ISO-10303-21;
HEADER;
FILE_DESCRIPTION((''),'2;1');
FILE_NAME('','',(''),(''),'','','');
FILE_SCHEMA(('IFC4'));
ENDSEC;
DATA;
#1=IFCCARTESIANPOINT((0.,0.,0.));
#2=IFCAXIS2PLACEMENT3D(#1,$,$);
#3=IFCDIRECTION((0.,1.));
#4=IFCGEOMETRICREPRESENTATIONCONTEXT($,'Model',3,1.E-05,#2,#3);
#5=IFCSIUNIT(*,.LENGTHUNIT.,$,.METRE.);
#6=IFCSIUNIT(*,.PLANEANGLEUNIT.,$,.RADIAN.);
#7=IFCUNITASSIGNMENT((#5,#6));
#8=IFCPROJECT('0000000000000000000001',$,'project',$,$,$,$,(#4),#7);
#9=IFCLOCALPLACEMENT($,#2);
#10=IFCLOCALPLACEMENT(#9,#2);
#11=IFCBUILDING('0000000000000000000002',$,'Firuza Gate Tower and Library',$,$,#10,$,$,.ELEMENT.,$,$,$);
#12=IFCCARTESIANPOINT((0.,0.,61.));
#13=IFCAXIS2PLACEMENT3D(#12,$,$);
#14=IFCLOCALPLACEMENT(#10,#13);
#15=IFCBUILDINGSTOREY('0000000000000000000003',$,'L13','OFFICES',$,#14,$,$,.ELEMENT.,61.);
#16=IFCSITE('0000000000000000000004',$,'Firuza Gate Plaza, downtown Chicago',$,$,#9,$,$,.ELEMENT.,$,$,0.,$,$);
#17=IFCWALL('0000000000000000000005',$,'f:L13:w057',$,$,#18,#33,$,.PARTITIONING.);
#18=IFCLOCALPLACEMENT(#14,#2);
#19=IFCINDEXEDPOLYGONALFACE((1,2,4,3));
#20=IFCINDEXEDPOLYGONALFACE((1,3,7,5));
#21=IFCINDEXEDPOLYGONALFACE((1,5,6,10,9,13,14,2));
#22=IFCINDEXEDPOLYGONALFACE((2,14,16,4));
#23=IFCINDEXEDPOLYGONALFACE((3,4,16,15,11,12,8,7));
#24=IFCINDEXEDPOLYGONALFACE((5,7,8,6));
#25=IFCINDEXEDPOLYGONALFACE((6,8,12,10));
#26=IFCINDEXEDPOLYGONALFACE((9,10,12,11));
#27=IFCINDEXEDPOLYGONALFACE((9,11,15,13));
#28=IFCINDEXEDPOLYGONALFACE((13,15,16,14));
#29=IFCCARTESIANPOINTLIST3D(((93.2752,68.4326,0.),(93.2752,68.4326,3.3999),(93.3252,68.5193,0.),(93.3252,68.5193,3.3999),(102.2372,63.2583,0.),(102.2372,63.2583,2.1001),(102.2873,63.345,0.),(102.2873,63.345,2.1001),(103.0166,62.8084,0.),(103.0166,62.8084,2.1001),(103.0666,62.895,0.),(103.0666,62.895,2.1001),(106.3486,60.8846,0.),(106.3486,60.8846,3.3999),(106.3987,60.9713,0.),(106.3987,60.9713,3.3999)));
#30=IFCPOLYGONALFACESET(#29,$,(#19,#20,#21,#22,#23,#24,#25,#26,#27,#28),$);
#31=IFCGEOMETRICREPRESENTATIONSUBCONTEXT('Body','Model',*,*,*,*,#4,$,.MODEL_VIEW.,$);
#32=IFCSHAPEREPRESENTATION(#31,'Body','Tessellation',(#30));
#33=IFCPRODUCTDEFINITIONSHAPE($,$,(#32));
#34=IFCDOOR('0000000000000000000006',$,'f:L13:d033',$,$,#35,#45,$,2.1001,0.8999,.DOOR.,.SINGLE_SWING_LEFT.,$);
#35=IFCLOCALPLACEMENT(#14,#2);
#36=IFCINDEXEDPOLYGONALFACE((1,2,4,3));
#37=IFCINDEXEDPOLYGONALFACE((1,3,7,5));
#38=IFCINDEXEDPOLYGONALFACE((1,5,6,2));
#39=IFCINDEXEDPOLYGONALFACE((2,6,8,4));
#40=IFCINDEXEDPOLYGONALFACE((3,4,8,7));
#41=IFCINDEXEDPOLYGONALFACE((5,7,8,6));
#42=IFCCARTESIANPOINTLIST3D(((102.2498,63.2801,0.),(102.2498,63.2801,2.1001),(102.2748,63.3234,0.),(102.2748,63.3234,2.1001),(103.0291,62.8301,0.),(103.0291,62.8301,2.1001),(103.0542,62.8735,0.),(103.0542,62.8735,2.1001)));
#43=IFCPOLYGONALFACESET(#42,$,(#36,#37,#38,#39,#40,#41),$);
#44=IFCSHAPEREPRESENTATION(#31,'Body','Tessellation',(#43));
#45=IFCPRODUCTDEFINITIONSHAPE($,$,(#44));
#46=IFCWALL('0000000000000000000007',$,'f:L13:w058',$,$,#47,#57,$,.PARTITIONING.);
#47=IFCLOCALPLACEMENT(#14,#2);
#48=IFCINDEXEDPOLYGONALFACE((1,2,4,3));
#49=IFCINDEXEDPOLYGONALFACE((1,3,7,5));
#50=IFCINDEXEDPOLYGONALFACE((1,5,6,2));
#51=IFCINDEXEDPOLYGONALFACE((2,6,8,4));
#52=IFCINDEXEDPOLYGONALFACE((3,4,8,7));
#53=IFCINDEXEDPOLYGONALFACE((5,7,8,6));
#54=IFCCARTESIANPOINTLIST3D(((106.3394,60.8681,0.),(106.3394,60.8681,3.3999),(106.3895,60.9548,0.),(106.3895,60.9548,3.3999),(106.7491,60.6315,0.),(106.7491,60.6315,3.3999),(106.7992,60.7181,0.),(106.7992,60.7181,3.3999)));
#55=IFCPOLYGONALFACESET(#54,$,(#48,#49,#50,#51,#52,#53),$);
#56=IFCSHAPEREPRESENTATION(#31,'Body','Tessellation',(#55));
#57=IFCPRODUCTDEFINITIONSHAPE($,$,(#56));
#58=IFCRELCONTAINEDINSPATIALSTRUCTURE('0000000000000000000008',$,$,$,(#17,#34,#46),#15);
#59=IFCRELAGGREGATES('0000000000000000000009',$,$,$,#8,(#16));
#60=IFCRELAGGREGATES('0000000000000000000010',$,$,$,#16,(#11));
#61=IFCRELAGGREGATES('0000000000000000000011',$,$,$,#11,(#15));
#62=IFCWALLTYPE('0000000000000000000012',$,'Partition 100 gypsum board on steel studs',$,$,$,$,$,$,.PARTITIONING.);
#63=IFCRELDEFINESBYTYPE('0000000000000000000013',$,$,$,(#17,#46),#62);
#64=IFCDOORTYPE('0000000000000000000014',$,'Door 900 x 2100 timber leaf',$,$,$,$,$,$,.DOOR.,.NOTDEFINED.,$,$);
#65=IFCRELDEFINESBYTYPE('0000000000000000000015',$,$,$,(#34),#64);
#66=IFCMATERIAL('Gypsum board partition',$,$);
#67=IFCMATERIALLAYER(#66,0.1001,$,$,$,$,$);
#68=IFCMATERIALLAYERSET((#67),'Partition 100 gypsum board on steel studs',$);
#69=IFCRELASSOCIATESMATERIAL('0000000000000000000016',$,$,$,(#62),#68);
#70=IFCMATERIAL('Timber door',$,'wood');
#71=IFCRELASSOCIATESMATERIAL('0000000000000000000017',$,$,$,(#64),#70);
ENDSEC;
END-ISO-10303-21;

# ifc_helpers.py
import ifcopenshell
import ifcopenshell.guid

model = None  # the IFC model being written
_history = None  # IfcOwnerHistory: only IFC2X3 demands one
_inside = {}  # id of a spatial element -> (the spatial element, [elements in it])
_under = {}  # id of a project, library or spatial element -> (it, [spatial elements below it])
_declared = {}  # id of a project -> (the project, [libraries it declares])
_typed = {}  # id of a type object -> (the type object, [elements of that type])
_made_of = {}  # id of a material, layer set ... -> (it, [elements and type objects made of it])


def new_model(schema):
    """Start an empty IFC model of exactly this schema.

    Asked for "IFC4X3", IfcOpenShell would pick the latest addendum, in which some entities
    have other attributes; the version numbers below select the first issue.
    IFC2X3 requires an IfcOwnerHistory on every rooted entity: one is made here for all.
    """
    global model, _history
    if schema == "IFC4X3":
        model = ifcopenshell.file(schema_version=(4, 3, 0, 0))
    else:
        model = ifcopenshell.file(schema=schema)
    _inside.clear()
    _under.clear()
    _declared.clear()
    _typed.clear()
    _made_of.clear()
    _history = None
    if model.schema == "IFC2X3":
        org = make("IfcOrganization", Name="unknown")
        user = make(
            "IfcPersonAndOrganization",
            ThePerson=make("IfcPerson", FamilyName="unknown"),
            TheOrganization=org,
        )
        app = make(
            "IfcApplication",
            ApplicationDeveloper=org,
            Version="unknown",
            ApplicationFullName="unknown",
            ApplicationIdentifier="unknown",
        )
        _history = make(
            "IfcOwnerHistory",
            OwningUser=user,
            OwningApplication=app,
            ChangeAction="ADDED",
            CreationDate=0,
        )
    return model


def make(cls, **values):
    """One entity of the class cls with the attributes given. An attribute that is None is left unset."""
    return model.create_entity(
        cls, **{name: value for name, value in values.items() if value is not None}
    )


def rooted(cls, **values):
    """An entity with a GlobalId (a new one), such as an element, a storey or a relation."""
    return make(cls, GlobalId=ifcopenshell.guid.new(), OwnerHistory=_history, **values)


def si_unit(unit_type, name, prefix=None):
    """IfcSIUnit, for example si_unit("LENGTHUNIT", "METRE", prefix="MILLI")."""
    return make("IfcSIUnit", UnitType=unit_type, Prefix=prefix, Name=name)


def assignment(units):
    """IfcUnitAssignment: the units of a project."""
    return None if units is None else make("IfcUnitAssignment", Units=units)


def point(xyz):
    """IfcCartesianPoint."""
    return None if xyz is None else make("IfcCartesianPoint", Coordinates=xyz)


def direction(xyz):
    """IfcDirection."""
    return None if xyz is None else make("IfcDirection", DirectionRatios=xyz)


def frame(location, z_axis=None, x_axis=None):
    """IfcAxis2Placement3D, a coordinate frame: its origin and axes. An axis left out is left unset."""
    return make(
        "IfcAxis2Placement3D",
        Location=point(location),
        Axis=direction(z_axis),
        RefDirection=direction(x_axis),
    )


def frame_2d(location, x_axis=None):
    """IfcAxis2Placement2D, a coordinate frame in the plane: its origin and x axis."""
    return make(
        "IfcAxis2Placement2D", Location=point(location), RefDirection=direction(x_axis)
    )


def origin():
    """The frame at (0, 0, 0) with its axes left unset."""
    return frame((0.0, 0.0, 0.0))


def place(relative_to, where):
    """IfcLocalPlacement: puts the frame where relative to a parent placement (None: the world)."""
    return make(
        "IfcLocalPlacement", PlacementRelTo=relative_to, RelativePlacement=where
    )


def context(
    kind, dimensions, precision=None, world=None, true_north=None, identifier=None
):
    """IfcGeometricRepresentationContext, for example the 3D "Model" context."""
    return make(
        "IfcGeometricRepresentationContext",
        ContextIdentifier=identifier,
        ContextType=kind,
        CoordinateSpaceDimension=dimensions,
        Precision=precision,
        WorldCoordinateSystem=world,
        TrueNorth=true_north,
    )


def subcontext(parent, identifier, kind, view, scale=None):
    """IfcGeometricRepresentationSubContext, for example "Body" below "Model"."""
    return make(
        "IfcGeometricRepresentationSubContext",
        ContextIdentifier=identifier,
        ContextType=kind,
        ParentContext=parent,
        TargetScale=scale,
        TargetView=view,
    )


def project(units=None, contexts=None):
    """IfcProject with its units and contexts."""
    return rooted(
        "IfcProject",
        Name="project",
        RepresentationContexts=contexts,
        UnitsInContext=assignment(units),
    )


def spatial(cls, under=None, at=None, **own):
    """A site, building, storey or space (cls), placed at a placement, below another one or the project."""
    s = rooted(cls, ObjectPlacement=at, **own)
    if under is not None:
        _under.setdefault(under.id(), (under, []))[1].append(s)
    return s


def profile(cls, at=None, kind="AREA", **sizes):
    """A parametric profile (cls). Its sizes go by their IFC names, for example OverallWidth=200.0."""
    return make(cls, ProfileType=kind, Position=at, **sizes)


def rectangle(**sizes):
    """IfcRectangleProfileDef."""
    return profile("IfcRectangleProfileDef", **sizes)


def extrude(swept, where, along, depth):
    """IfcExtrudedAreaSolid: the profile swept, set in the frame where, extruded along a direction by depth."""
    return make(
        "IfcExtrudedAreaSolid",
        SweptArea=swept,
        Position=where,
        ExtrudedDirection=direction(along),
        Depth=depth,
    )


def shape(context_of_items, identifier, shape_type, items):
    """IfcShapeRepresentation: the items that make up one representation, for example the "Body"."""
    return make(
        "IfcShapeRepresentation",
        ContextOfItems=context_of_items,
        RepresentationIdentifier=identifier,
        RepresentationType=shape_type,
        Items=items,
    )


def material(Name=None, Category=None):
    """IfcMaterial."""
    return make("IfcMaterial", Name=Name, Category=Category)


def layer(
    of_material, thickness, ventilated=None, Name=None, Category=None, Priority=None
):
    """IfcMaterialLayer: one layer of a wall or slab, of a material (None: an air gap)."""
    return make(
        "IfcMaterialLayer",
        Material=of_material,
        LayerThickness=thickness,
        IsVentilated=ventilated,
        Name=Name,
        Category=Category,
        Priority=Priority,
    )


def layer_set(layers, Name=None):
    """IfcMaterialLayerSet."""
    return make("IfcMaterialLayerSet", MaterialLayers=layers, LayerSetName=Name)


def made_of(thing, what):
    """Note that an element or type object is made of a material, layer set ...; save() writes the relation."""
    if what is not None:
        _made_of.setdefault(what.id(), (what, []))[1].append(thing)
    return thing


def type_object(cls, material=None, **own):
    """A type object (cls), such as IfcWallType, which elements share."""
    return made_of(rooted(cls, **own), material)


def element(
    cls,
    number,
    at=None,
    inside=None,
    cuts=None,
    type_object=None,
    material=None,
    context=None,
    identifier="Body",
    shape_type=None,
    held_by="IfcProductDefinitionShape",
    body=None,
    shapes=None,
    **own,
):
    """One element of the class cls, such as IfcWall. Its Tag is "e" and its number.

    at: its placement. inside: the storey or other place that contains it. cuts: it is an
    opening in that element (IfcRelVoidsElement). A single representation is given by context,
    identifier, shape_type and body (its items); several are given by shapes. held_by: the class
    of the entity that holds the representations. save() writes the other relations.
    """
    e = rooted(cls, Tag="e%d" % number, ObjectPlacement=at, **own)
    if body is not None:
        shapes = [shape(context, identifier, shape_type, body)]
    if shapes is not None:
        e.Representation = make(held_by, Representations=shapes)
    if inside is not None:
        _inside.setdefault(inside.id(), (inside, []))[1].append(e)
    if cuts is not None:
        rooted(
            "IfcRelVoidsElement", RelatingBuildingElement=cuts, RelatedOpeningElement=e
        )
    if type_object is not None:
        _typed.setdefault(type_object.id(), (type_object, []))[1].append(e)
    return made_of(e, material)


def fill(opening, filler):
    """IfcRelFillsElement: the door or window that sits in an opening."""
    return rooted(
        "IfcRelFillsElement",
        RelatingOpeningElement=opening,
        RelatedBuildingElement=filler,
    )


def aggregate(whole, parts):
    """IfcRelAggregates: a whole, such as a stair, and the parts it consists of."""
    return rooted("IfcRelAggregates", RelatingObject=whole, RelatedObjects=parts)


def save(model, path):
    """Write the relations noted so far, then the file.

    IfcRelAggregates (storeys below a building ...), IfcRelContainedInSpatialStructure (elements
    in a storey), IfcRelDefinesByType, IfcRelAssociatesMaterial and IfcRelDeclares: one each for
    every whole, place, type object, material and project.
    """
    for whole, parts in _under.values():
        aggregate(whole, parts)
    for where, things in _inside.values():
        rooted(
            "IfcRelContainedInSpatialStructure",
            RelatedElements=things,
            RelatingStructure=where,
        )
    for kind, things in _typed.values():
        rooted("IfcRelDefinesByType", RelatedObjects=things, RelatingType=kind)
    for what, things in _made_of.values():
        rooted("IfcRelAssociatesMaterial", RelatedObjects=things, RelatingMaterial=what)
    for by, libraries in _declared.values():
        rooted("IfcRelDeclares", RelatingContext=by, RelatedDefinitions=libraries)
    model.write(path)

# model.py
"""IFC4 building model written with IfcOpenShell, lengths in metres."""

from ifc_helpers import new_model, si_unit, direction, frame, frame_2d, origin, place, context, subcontext, project, spatial, rectangle, extrude, material, layer, layer_set, type_object, element, fill, save


model = new_model("IFC4")

# Units and contexts
model_context = context("Model", 3, precision=1e-05, world=origin(), true_north=direction((0.0, 1.0)))
body_context = subcontext(model_context, "Body", "Model", "MODEL_VIEW")
ifc_project = project(units=[si_unit("LENGTHUNIT", "METRE"), si_unit("PLANEANGLEUNIT", "RADIAN")], contexts=[model_context])

# Site, building, storey
site_placement = place(None, origin())
site = spatial("IfcSite", under=ifc_project, at=site_placement, Name="Firuza Gate Plaza, downtown Chicago", CompositionType="ELEMENT", RefElevation=0.0)
building_placement = place(site_placement, origin())
building = spatial("IfcBuilding", under=site, at=building_placement, Name="Firuza Gate Tower and Library", CompositionType="ELEMENT")
storey_placement = place(building_placement, frame((0.0, 0.0, 61.0)))
storey = spatial("IfcBuildingStorey", under=building, at=storey_placement, Name="L13", Description="OFFICES", CompositionType="ELEMENT", Elevation=61.0)

# Shared definitions
ifc_material_1 = material(Name="Gypsum board partition")
ifc_layer_1 = layer(ifc_material_1, 0.1001)
ifc_layer_set_1 = layer_set([ifc_layer_1], Name="Partition 100 gypsum board on steel studs")
wall_type_1 = type_object("IfcWallType", Name="Partition 100 gypsum board on steel studs", PredefinedType="PARTITIONING", material=ifc_layer_set_1)

# Wall, opening, door
wall_1_placement = place(storey_placement, frame((106.3735, 60.928, 0.0), z_axis=(0.0, 0.0, 1.0), x_axis=(-0.866022, 0.500006, 0.0)))
wall_1 = element("IfcWall", 1, at=wall_1_placement, inside=storey, type_object=wall_type_1, Name="f:L13:w057", PredefinedType="PARTITIONING", context=body_context, shape_type="SweptSolid", body=[
    extrude(rectangle(XDim=15.0959, YDim=0.1001, at=frame_2d((7.5479, 0.0))), origin(), (0.0, 0.0, 1.0), 3.3999),
])
opening_placement = place(wall_1_placement, frame((3.8474, 0.0, 0.0)))
opening = element("IfcOpeningElement", 2, at=opening_placement, cuts=wall_1, PredefinedType="OPENING", context=body_context, shape_type="SweptSolid", body=[
    extrude(rectangle(XDim=0.8999, YDim=2.1001, at=frame_2d((0.45, 1.05))), frame((0.0, 0.0601, 0.0), z_axis=(0.0, -1.0, 0.0), x_axis=(1.0, 0.0, 0.0)), (0.0, 0.0, 1.0), 0.1201),
])
ifc_material_2 = material(Name="Timber door", Category="wood")
door_type = type_object("IfcDoorType", Name="Door 900 x 2100 timber leaf", OperationType="NOTDEFINED", PredefinedType="DOOR", material=ifc_material_2)
door_placement = place(opening_placement, origin())
door = element("IfcDoor", 3, at=door_placement, inside=storey, type_object=door_type, Name="f:L13:d033", OperationType="SINGLE_SWING_LEFT", OverallHeight=2.1001, OverallWidth=0.8999, PredefinedType="DOOR", context=body_context, shape_type="SweptSolid", body=[
    extrude(rectangle(XDim=0.8999, YDim=2.1001, at=frame_2d((0.45, 1.05))), frame((0.0, 0.0249, 0.0), z_axis=(0.0, -1.0, 0.0), x_axis=(1.0, 0.0, 0.0)), (0.0, 0.0, 1.0), 0.05),
])
fill(opening, door)

# Wall
wall_2_placement = place(storey_placement, frame((106.7742, 60.6748, 0.0), z_axis=(0.0, 0.0, 1.0), x_axis=(-0.865979, 0.50008, 0.0)))
element("IfcWall", 4, at=wall_2_placement, inside=storey, type_object=wall_type_1, Name="f:L13:w058", PredefinedType="PARTITIONING", context=body_context, shape_type="SweptSolid", body=[
    extrude(rectangle(XDim=0.4731, YDim=0.1001, at=frame_2d((0.2366, 0.0))), origin(), (0.0, 0.0, 1.0), 3.3999),
])

save(model, "model.ifc")
